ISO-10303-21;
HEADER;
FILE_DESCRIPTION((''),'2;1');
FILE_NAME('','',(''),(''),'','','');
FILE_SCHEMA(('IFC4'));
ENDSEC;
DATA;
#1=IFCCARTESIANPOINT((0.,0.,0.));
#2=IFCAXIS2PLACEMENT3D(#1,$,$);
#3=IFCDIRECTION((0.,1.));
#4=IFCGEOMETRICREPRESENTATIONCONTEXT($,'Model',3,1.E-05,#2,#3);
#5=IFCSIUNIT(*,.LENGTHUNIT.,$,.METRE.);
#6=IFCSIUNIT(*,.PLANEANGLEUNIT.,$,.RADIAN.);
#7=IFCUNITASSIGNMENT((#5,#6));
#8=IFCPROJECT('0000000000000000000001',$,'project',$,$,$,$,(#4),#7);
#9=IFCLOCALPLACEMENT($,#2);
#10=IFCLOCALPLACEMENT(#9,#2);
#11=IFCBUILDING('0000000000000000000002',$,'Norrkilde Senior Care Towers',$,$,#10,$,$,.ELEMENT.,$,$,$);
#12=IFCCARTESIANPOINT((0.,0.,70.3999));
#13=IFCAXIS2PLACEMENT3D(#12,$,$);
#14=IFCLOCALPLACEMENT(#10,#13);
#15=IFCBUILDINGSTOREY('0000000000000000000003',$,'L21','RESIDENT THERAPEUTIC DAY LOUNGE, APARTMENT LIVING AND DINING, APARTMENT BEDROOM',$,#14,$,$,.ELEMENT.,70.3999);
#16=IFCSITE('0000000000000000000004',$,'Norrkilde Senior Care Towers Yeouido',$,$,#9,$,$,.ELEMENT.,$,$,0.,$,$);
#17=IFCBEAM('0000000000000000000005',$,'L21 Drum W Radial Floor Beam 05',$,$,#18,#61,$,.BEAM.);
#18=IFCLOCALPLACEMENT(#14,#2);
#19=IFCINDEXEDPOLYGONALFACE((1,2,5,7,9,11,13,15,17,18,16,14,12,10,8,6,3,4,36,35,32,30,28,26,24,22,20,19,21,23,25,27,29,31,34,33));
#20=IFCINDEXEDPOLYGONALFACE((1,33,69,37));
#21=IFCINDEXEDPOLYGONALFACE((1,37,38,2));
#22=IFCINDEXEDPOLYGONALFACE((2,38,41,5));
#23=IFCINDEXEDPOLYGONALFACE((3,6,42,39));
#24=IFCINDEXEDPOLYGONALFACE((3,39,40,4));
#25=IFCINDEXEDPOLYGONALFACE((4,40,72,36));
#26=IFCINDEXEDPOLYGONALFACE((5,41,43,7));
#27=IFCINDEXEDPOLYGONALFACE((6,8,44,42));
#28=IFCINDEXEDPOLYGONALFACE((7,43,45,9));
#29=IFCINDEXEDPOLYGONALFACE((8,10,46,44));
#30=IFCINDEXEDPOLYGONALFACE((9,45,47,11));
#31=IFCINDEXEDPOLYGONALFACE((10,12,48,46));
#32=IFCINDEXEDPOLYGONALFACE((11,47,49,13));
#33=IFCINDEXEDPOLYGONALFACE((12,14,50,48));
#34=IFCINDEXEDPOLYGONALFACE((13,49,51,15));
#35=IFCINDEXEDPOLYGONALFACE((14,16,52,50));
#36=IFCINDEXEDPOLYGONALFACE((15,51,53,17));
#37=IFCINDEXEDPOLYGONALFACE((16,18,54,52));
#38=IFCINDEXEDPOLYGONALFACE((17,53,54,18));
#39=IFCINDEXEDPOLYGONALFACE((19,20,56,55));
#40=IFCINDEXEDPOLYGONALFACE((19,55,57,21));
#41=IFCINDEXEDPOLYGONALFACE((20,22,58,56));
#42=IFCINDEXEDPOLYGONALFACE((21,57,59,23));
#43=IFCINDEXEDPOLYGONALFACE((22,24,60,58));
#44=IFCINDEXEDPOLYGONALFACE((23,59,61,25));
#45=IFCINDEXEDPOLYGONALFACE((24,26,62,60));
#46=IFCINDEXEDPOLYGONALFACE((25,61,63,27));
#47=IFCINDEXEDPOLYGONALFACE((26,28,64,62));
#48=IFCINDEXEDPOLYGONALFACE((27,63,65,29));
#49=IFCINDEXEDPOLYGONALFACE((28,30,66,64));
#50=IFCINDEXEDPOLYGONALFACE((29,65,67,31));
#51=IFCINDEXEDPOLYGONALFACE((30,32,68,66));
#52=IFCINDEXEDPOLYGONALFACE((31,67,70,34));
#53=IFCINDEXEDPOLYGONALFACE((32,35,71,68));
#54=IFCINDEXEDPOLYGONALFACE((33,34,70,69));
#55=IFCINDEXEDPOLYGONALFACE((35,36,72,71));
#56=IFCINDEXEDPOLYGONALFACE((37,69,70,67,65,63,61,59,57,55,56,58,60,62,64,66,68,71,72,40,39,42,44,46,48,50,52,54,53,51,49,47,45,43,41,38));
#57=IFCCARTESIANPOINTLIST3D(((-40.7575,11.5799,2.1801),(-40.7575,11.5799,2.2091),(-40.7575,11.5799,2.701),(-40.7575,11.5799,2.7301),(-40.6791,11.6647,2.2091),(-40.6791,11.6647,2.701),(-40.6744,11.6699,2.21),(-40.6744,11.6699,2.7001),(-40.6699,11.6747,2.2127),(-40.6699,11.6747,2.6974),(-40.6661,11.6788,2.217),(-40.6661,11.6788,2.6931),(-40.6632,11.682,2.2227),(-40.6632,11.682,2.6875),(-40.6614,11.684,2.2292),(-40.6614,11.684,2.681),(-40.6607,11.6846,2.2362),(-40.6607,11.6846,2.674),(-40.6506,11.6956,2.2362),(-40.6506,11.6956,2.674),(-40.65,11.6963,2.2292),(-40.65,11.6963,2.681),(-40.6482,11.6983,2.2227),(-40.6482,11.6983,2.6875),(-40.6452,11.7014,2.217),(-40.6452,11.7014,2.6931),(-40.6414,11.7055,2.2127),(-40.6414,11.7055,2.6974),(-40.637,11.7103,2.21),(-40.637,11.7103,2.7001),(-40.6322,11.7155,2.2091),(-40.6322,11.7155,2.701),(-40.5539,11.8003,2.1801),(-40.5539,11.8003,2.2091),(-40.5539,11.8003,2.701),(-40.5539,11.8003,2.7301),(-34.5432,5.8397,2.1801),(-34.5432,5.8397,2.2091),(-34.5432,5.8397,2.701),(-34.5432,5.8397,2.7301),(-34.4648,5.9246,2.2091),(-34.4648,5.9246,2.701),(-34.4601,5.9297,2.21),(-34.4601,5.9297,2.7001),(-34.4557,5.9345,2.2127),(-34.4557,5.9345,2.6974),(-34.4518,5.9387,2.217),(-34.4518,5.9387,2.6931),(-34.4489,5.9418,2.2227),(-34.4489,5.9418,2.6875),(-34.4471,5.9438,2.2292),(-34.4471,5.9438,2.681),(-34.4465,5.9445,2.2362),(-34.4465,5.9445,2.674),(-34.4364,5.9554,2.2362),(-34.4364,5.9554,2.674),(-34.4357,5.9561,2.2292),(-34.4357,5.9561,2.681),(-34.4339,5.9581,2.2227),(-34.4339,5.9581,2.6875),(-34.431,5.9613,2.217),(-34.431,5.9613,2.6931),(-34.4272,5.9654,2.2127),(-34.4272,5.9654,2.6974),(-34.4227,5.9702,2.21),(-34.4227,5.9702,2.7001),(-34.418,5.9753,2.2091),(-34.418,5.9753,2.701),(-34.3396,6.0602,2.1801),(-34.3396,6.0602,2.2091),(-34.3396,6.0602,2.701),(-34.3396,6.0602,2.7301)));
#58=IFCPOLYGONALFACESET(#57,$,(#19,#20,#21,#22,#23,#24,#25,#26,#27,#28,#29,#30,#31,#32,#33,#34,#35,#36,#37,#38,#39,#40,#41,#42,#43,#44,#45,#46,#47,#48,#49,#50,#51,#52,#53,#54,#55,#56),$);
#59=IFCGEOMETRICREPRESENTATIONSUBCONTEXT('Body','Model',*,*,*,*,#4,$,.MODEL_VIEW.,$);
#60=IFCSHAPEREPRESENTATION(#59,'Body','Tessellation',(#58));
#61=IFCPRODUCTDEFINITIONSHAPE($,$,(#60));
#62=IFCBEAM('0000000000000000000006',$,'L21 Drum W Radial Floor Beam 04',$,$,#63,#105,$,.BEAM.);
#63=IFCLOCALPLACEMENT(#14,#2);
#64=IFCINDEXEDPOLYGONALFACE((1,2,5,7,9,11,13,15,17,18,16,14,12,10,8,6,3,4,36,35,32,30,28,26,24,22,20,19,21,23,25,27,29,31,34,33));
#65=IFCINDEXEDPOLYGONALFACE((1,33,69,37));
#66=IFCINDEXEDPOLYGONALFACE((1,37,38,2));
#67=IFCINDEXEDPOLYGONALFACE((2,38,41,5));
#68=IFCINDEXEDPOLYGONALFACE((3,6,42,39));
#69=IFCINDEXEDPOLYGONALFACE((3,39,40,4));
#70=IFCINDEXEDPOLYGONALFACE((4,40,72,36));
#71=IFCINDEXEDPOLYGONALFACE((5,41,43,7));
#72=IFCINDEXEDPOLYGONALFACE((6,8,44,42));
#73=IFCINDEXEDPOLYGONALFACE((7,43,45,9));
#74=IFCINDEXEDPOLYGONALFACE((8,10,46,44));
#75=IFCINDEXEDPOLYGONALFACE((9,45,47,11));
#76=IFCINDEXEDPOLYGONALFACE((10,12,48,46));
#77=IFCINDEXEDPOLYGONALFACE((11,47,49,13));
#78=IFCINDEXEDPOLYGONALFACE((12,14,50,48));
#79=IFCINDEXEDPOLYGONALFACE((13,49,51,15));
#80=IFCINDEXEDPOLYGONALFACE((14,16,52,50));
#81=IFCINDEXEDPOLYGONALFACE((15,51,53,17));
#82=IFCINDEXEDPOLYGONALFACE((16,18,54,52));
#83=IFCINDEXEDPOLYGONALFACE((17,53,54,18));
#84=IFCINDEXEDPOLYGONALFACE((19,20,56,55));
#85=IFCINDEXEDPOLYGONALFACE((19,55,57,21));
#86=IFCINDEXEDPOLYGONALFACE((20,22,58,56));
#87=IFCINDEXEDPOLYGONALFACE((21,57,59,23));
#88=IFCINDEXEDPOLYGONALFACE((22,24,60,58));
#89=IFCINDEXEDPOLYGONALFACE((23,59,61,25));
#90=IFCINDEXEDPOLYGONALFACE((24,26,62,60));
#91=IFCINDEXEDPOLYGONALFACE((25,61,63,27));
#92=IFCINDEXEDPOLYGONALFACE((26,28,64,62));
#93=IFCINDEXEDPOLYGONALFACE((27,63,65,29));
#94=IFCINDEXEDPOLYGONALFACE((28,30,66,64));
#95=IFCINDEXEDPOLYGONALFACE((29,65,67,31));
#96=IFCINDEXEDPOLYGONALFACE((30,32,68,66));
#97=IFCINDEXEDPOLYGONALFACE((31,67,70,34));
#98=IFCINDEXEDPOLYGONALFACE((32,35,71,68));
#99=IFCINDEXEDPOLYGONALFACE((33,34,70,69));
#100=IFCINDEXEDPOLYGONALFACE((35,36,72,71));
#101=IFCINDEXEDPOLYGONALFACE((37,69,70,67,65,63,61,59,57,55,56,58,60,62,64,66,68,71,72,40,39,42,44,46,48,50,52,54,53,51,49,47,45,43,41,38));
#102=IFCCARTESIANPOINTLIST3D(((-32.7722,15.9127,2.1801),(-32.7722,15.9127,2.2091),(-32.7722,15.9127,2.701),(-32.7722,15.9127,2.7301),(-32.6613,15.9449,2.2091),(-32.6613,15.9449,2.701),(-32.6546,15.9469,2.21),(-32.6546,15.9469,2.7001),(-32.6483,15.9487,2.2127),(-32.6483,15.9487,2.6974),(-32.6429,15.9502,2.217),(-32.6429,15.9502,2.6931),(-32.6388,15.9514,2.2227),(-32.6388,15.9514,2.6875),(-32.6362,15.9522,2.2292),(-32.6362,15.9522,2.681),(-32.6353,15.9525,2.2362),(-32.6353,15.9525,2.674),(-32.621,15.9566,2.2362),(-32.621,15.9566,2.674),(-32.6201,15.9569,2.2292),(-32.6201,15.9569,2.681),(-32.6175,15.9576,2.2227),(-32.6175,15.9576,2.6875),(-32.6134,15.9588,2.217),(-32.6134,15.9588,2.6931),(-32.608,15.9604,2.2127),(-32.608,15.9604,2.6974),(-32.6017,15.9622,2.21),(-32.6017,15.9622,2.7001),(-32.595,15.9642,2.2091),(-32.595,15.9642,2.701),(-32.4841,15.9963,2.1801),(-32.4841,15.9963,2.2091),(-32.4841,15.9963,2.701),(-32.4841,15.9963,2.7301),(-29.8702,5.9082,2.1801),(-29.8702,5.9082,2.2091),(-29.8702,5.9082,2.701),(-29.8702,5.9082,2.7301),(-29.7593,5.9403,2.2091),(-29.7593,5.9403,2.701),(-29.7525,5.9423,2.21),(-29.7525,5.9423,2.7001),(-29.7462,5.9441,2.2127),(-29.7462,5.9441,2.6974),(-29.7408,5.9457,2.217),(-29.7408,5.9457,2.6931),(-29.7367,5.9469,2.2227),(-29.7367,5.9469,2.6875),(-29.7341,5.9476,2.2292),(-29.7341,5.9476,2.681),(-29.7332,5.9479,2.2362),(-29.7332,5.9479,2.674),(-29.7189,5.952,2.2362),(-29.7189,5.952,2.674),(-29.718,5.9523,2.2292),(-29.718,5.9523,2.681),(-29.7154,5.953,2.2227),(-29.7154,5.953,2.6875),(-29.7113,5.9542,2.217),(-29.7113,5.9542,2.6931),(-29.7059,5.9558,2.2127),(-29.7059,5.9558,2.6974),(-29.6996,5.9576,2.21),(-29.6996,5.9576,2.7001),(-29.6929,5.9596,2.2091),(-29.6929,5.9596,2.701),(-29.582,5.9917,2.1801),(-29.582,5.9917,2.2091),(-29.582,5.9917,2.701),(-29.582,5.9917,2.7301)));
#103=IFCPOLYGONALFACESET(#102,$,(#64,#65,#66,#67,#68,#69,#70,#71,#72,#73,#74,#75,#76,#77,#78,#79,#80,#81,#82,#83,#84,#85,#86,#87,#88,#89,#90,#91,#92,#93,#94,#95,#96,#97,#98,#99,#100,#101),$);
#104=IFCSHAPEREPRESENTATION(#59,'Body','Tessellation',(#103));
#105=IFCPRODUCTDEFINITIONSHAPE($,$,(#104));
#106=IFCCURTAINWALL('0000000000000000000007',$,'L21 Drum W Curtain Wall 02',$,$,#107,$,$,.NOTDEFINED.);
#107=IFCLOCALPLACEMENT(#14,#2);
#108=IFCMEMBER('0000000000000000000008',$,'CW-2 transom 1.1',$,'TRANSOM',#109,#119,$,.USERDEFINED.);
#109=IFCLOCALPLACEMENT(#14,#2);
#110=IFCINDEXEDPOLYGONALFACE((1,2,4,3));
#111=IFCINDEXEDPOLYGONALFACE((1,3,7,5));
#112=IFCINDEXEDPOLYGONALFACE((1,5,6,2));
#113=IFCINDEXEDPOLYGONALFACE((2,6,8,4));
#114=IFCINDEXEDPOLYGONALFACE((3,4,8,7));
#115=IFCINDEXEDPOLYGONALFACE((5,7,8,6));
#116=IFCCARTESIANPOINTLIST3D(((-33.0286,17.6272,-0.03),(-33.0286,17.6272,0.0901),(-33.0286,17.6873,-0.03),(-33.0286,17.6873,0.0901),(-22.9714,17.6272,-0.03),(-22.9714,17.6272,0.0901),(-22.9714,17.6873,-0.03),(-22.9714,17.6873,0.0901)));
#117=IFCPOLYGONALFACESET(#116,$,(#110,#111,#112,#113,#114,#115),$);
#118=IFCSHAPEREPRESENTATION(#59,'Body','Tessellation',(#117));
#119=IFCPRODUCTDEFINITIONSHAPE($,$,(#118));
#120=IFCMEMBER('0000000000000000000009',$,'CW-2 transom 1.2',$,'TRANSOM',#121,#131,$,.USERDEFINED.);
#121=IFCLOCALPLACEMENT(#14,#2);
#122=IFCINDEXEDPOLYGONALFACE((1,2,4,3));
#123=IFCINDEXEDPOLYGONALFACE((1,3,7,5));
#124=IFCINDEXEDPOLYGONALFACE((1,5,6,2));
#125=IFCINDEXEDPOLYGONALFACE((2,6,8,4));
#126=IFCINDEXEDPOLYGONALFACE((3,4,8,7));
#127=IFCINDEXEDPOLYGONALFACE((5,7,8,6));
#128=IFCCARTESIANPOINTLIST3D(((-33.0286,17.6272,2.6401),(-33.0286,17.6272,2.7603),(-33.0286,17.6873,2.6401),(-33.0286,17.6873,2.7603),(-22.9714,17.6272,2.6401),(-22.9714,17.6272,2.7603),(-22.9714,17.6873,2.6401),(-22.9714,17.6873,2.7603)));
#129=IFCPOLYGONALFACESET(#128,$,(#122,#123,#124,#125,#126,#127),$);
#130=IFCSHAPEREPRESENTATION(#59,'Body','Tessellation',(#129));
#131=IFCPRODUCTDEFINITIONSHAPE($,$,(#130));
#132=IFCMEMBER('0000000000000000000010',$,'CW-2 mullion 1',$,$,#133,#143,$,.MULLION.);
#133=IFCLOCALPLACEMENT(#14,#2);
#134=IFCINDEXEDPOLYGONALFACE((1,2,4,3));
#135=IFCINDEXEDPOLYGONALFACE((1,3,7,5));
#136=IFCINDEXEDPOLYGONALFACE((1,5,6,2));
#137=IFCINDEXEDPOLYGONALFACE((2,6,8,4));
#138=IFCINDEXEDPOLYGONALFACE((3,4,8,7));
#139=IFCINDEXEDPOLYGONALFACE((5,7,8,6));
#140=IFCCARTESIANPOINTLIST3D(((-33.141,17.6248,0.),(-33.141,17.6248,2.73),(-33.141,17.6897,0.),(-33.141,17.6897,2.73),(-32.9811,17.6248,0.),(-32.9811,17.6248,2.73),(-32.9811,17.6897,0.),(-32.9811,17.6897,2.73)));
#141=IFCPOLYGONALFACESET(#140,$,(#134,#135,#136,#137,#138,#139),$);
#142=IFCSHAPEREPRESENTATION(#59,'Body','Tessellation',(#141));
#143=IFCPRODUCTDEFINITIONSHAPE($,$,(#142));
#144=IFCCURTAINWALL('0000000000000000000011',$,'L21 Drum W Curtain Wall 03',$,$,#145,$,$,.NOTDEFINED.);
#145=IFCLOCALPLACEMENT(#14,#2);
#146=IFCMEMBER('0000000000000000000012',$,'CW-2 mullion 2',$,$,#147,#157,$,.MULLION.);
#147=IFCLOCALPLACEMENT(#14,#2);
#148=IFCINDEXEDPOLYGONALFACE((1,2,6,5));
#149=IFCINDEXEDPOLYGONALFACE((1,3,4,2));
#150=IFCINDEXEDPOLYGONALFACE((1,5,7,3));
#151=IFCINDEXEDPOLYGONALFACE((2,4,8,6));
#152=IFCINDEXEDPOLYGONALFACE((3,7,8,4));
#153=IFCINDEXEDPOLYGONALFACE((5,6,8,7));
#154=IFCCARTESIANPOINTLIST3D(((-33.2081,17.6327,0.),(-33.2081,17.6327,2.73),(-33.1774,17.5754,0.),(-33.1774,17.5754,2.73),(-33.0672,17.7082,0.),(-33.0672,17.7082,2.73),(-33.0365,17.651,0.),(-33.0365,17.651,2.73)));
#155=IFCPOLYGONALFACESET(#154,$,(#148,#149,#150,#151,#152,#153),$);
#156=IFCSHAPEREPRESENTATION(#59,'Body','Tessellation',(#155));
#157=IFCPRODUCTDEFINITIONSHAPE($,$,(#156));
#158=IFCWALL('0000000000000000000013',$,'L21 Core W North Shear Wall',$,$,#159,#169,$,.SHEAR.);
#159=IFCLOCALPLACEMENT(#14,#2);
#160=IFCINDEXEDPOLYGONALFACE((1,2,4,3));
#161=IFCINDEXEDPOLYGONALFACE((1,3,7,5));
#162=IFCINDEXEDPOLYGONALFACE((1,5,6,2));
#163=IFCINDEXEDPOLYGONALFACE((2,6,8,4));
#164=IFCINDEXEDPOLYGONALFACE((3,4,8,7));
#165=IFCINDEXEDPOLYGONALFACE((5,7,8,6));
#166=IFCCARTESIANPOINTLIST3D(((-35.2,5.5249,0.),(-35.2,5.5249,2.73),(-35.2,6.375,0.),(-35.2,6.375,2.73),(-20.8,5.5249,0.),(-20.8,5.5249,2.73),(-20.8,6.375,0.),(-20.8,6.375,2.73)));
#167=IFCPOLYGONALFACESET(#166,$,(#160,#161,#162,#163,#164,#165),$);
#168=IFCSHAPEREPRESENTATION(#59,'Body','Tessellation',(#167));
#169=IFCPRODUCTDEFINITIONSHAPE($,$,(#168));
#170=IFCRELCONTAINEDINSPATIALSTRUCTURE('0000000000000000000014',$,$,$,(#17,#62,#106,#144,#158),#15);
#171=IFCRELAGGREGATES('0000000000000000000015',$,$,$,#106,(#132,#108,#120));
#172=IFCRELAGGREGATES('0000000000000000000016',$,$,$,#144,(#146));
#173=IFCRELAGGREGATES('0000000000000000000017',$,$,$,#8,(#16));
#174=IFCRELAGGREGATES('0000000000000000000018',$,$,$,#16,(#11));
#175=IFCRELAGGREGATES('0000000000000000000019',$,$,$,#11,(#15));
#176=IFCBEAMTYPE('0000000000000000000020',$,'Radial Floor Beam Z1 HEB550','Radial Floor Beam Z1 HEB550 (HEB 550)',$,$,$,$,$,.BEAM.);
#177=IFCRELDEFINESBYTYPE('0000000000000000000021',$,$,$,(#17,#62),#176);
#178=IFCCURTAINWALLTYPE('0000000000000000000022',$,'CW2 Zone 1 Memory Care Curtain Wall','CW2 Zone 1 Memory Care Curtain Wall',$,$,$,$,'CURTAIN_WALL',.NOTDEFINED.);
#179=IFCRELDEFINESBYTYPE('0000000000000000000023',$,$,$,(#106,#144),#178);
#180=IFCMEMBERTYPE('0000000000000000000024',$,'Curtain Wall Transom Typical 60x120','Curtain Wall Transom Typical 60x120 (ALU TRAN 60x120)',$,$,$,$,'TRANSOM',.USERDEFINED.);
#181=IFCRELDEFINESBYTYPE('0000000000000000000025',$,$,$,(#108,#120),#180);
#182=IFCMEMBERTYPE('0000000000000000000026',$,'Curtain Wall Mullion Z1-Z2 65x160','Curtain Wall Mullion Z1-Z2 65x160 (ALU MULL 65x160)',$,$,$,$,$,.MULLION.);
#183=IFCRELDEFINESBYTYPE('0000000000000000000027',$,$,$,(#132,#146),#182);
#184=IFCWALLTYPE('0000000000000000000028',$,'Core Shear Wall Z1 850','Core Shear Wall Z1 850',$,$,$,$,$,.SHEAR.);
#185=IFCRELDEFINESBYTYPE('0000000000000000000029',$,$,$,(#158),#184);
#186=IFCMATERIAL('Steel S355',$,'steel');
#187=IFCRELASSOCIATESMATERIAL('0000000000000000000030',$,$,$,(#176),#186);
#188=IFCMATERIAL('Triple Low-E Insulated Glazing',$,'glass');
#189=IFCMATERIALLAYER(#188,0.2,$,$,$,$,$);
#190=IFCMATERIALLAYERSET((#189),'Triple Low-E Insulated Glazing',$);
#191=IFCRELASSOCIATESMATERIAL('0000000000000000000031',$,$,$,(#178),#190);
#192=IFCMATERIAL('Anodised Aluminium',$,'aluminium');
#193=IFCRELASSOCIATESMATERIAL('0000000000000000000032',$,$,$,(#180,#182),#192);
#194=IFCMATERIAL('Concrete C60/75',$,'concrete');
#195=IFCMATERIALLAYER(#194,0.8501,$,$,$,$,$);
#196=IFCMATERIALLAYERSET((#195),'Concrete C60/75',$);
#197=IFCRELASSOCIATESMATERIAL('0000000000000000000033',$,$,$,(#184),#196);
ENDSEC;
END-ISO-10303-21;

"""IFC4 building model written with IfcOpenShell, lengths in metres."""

from ifc_helpers import new_model, si_unit, direction, frame, frame_2d, origin, origin_2d, place, context, subcontext, project, spatial, rectangle, i_section, extrude, source, transform, mapped, material, layer, layer_set, material_profile, profile_set, type_object, type_shapes, element, aggregate, save


model = new_model("IFC4")

# Units and contexts
model_context = context("Model", 3, precision=1e-05, world=origin(), true_north=direction((0.0, 1.0)))
body_context = subcontext(model_context, "Body", "Model", "MODEL_VIEW")
ifc_project = project(units=[si_unit("LENGTHUNIT", "METRE"), si_unit("PLANEANGLEUNIT", "RADIAN")], contexts=[model_context])

# Site, building, storey
site_placement = place(None, origin())
site = spatial("IfcSite", under=ifc_project, at=site_placement, Name="Norrkilde Senior Care Towers Yeouido", CompositionType="ELEMENT", RefElevation=0.0)
building_placement = place(site_placement, origin())
building = spatial("IfcBuilding", under=site, at=building_placement, Name="Norrkilde Senior Care Towers", CompositionType="ELEMENT")
storey_placement = place(building_placement, frame((0.0, 0.0, 70.3999)))
storey = spatial("IfcBuildingStorey", under=building, at=storey_placement, Name="L21", Description="RESIDENT THERAPEUTIC DAY LOUNGE, APARTMENT LIVING AND DINING, APARTMENT BEDROOM", CompositionType="ELEMENT", Elevation=70.3999)

# Shared definitions
ifc_material_1 = material(Name="Concrete C60/75", Category="concrete")

# Beams
ifc_material_2 = material(Name="Steel S355", Category="steel")
ifc_material_profile_1 = material_profile(ifc_material_2, i_section(OverallWidth=0.3, OverallDepth=0.55, WebThickness=0.0149, FlangeThickness=0.0291, FilletRadius=0.0271, at=origin_2d()), Name="HEB 550")
ifc_profile_set_1 = profile_set([ifc_material_profile_1], Name="Steel S355")
beam_type_1 = type_object("IfcBeamType", Name="Radial Floor Beam Z1 HEB550", Description="Radial Floor Beam Z1 HEB550 (HEB 550)", PredefinedType="BEAM", material=ifc_profile_set_1)
shared_shape_1 = source(origin(), body_context, "Body", "SweptSolid", [
    extrude(i_section(OverallWidth=0.3, OverallDepth=0.55, WebThickness=0.0149, FlangeThickness=0.0291, FilletRadius=0.0271, at=origin_2d()), origin(), (0.0, 0.0, 1.0), 8.4597),
])
beam_1_placement = place(storey_placement, frame((-34.4414, 5.95, 2.4551), z_axis=(-0.734573, 0.678529, 0.0), x_axis=(-0.678529, -0.734573, 0.0)))
element("IfcBeam", 1, at=beam_1_placement, inside=storey, type_object=beam_type_1, Name="L21 Drum W Radial Floor Beam 05", PredefinedType="BEAM", context=body_context, shape_type="MappedRepresentation", body=[
    mapped(shared_shape_1, transform((0.0, 0.0, 0.0), x_axis=(1.0, 0.0, 0.0), y_axis=(0.0, 1.0, 0.0), z_axis=(0.0, 0.0, 1.0), scale=1.0)),
])
shared_shape_2 = source(origin(), body_context, "Body", "SweptSolid", [
    extrude(i_section(OverallWidth=0.3, OverallDepth=0.55, WebThickness=0.0149, FlangeThickness=0.0291, FilletRadius=0.0271, at=origin_2d()), origin(), (0.0, 0.0, 1.0), 10.417),
])
beam_2_placement = place(storey_placement, frame((-29.7261, 5.95, 2.4551), z_axis=(-0.278591, 0.96041, 0.0), x_axis=(-0.96041, -0.278591, 0.0)))
element("IfcBeam", 2, at=beam_2_placement, inside=storey, type_object=beam_type_1, Name="L21 Drum W Radial Floor Beam 04", PredefinedType="BEAM", context=body_context, shape_type="MappedRepresentation", body=[
    mapped(shared_shape_2, transform((0.0, 0.0, 0.0), x_axis=(1.0, 0.0, 0.0), y_axis=(0.0, 1.0, 0.0), z_axis=(0.0, 0.0, 1.0), scale=1.0)),
])

# Curtain wall, members
ifc_material_3 = material(Name="Triple Low-E Insulated Glazing", Category="glass")
ifc_layer_1 = layer(ifc_material_3, 0.2)
ifc_layer_set_1 = layer_set([ifc_layer_1], Name="Triple Low-E Insulated Glazing")
curtain_wall_type = type_object("IfcCurtainWallType", Name="CW2 Zone 1 Memory Care Curtain Wall", Description="CW2 Zone 1 Memory Care Curtain Wall", ElementType="CURTAIN_WALL", PredefinedType="NOTDEFINED", material=ifc_layer_set_1)
curtain_wall_1_placement = place(storey_placement, origin())
curtain_wall_1 = element("IfcCurtainWall", 3, at=curtain_wall_1_placement, inside=storey, type_object=curtain_wall_type, Name="L21 Drum W Curtain Wall 02", PredefinedType="NOTDEFINED")
ifc_material_4 = material(Name="Anodised Aluminium", Category="aluminium")
ifc_material_profile_2 = material_profile(ifc_material_4, rectangle(XDim=0.0601, YDim=0.1201, at=origin_2d()), Name="ALU TRAN 60x120")
ifc_profile_set_2 = profile_set([ifc_material_profile_2], Name="Anodised Aluminium")
member_type_1 = type_object("IfcMemberType", Name="Curtain Wall Transom Typical 60x120", Description="Curtain Wall Transom Typical 60x120 (ALU TRAN 60x120)", ElementType="TRANSOM", PredefinedType="USERDEFINED", material=ifc_profile_set_2)
shared_shape_3 = source(origin(), body_context, "Body", "SweptSolid", [
    extrude(rectangle(XDim=0.0601, YDim=0.1201, at=origin_2d()), origin(), (0.0, 0.0, 1.0), 10.0571),
])
type_shapes(member_type_1, [shared_shape_3])
member_1_placement = place(storey_placement, frame((-33.0286, 17.6572, 0.03), z_axis=(1.0, 0.0, 0.0), x_axis=(0.0, 1.0, 0.0)))
member_1 = element("IfcMember", 4, at=member_1_placement, type_object=member_type_1, Name="CW-2 transom 1.1", ObjectType="TRANSOM", PredefinedType="USERDEFINED", context=body_context, shape_type="MappedRepresentation", body=[
    mapped(shared_shape_3, transform((0.0, 0.0, 0.0), x_axis=(1.0, 0.0, 0.0), y_axis=(0.0, 1.0, 0.0), z_axis=(0.0, 0.0, 1.0), scale=1.0)),
])
member_2_placement = place(storey_placement, frame((-33.0286, 17.6572, 2.7002), z_axis=(1.0, 0.0, 0.0), x_axis=(0.0, 1.0, 0.0)))
member_2 = element("IfcMember", 5, at=member_2_placement, type_object=member_type_1, Name="CW-2 transom 1.2", ObjectType="TRANSOM", PredefinedType="USERDEFINED", context=body_context, shape_type="MappedRepresentation", body=[
    mapped(shared_shape_3, transform((0.0, 0.0, 0.0), x_axis=(1.0, 0.0, 0.0), y_axis=(0.0, 1.0, 0.0), z_axis=(0.0, 0.0, 1.0), scale=1.0)),
])
ifc_material_profile_3 = material_profile(ifc_material_4, rectangle(XDim=0.0649, YDim=0.1599, at=origin_2d()), Name="ALU MULL 65x160")
ifc_profile_set_3 = profile_set([ifc_material_profile_3], Name="Anodised Aluminium")
member_type_2 = type_object("IfcMemberType", Name="Curtain Wall Mullion Z1-Z2 65x160", Description="Curtain Wall Mullion Z1-Z2 65x160 (ALU MULL 65x160)", PredefinedType="MULLION", material=ifc_profile_set_3)
shared_shape_4 = source(origin(), body_context, "Body", "SweptSolid", [
    extrude(rectangle(XDim=0.0649, YDim=0.1599, at=origin_2d()), origin(), (0.0, 0.0, 1.0), 2.73),
])
type_shapes(member_type_2, [shared_shape_4])
member_3_placement = place(storey_placement, frame((-33.061, 17.6572, 0.0), z_axis=(0.0, 0.0, 1.0), x_axis=(0.0, 1.0, 0.0)))
member_3 = element("IfcMember", 6, at=member_3_placement, type_object=member_type_2, Name="CW-2 mullion 1", PredefinedType="MULLION", context=body_context, shape_type="MappedRepresentation", body=[
    mapped(shared_shape_4, transform((0.0, 0.0, 0.0), x_axis=(1.0, 0.0, 0.0), y_axis=(0.0, 1.0, 0.0), z_axis=(0.0, 0.0, 1.0), scale=1.0)),
])
aggregate(curtain_wall_1, [member_3, member_1, member_2])

# Curtain wall, member
curtain_wall_2_placement = place(storey_placement, origin())
curtain_wall_2 = element("IfcCurtainWall", 7, at=curtain_wall_2_placement, inside=storey, type_object=curtain_wall_type, Name="L21 Drum W Curtain Wall 03", PredefinedType="NOTDEFINED")
member_4_placement = place(storey_placement, frame((-33.1223, 17.6418, 0.0), z_axis=(0.0, 0.0, 1.0), x_axis=(-0.472608, 0.881273, 0.0)))
member_4 = element("IfcMember", 8, at=member_4_placement, type_object=member_type_2, Name="CW-2 mullion 2", PredefinedType="MULLION", context=body_context, shape_type="MappedRepresentation", body=[
    mapped(shared_shape_4, transform((0.0, 0.0, 0.0), x_axis=(1.0, 0.0, 0.0), y_axis=(0.0, 1.0, 0.0), z_axis=(0.0, 0.0, 1.0), scale=1.0)),
])
aggregate(curtain_wall_2, [member_4])

# Wall
ifc_layer_2 = layer(ifc_material_1, 0.8501)
ifc_layer_set_2 = layer_set([ifc_layer_2], Name="Concrete C60/75")
wall_type_1 = type_object("IfcWallType", Name="Core Shear Wall Z1 850", Description="Core Shear Wall Z1 850", PredefinedType="SHEAR", material=ifc_layer_set_2)
shared_shape_5 = source(origin(), body_context, "Body", "SweptSolid", [
    extrude(rectangle(XDim=14.3999, YDim=0.8501, at=frame_2d((7.2, 0.0))), origin(), (0.0, 0.0, 1.0), 2.73),
])
type_shapes(wall_type_1, [shared_shape_5])
wall_1_placement = place(storey_placement, frame((-35.2, 5.95, 0.0), z_axis=(0.0, 0.0, 1.0), x_axis=(1.0, 0.0, 0.0)))
element("IfcWall", 9, at=wall_1_placement, inside=storey, type_object=wall_type_1, Name="L21 Core W North Shear Wall", PredefinedType="SHEAR", context=body_context, shape_type="MappedRepresentation", body=[
    mapped(shared_shape_5, transform((0.0, 0.0, 0.0), x_axis=(1.0, 0.0, 0.0), y_axis=(0.0, 1.0, 0.0), z_axis=(0.0, 0.0, 1.0), scale=1.0)),
])

save(model, "model.ifc")
